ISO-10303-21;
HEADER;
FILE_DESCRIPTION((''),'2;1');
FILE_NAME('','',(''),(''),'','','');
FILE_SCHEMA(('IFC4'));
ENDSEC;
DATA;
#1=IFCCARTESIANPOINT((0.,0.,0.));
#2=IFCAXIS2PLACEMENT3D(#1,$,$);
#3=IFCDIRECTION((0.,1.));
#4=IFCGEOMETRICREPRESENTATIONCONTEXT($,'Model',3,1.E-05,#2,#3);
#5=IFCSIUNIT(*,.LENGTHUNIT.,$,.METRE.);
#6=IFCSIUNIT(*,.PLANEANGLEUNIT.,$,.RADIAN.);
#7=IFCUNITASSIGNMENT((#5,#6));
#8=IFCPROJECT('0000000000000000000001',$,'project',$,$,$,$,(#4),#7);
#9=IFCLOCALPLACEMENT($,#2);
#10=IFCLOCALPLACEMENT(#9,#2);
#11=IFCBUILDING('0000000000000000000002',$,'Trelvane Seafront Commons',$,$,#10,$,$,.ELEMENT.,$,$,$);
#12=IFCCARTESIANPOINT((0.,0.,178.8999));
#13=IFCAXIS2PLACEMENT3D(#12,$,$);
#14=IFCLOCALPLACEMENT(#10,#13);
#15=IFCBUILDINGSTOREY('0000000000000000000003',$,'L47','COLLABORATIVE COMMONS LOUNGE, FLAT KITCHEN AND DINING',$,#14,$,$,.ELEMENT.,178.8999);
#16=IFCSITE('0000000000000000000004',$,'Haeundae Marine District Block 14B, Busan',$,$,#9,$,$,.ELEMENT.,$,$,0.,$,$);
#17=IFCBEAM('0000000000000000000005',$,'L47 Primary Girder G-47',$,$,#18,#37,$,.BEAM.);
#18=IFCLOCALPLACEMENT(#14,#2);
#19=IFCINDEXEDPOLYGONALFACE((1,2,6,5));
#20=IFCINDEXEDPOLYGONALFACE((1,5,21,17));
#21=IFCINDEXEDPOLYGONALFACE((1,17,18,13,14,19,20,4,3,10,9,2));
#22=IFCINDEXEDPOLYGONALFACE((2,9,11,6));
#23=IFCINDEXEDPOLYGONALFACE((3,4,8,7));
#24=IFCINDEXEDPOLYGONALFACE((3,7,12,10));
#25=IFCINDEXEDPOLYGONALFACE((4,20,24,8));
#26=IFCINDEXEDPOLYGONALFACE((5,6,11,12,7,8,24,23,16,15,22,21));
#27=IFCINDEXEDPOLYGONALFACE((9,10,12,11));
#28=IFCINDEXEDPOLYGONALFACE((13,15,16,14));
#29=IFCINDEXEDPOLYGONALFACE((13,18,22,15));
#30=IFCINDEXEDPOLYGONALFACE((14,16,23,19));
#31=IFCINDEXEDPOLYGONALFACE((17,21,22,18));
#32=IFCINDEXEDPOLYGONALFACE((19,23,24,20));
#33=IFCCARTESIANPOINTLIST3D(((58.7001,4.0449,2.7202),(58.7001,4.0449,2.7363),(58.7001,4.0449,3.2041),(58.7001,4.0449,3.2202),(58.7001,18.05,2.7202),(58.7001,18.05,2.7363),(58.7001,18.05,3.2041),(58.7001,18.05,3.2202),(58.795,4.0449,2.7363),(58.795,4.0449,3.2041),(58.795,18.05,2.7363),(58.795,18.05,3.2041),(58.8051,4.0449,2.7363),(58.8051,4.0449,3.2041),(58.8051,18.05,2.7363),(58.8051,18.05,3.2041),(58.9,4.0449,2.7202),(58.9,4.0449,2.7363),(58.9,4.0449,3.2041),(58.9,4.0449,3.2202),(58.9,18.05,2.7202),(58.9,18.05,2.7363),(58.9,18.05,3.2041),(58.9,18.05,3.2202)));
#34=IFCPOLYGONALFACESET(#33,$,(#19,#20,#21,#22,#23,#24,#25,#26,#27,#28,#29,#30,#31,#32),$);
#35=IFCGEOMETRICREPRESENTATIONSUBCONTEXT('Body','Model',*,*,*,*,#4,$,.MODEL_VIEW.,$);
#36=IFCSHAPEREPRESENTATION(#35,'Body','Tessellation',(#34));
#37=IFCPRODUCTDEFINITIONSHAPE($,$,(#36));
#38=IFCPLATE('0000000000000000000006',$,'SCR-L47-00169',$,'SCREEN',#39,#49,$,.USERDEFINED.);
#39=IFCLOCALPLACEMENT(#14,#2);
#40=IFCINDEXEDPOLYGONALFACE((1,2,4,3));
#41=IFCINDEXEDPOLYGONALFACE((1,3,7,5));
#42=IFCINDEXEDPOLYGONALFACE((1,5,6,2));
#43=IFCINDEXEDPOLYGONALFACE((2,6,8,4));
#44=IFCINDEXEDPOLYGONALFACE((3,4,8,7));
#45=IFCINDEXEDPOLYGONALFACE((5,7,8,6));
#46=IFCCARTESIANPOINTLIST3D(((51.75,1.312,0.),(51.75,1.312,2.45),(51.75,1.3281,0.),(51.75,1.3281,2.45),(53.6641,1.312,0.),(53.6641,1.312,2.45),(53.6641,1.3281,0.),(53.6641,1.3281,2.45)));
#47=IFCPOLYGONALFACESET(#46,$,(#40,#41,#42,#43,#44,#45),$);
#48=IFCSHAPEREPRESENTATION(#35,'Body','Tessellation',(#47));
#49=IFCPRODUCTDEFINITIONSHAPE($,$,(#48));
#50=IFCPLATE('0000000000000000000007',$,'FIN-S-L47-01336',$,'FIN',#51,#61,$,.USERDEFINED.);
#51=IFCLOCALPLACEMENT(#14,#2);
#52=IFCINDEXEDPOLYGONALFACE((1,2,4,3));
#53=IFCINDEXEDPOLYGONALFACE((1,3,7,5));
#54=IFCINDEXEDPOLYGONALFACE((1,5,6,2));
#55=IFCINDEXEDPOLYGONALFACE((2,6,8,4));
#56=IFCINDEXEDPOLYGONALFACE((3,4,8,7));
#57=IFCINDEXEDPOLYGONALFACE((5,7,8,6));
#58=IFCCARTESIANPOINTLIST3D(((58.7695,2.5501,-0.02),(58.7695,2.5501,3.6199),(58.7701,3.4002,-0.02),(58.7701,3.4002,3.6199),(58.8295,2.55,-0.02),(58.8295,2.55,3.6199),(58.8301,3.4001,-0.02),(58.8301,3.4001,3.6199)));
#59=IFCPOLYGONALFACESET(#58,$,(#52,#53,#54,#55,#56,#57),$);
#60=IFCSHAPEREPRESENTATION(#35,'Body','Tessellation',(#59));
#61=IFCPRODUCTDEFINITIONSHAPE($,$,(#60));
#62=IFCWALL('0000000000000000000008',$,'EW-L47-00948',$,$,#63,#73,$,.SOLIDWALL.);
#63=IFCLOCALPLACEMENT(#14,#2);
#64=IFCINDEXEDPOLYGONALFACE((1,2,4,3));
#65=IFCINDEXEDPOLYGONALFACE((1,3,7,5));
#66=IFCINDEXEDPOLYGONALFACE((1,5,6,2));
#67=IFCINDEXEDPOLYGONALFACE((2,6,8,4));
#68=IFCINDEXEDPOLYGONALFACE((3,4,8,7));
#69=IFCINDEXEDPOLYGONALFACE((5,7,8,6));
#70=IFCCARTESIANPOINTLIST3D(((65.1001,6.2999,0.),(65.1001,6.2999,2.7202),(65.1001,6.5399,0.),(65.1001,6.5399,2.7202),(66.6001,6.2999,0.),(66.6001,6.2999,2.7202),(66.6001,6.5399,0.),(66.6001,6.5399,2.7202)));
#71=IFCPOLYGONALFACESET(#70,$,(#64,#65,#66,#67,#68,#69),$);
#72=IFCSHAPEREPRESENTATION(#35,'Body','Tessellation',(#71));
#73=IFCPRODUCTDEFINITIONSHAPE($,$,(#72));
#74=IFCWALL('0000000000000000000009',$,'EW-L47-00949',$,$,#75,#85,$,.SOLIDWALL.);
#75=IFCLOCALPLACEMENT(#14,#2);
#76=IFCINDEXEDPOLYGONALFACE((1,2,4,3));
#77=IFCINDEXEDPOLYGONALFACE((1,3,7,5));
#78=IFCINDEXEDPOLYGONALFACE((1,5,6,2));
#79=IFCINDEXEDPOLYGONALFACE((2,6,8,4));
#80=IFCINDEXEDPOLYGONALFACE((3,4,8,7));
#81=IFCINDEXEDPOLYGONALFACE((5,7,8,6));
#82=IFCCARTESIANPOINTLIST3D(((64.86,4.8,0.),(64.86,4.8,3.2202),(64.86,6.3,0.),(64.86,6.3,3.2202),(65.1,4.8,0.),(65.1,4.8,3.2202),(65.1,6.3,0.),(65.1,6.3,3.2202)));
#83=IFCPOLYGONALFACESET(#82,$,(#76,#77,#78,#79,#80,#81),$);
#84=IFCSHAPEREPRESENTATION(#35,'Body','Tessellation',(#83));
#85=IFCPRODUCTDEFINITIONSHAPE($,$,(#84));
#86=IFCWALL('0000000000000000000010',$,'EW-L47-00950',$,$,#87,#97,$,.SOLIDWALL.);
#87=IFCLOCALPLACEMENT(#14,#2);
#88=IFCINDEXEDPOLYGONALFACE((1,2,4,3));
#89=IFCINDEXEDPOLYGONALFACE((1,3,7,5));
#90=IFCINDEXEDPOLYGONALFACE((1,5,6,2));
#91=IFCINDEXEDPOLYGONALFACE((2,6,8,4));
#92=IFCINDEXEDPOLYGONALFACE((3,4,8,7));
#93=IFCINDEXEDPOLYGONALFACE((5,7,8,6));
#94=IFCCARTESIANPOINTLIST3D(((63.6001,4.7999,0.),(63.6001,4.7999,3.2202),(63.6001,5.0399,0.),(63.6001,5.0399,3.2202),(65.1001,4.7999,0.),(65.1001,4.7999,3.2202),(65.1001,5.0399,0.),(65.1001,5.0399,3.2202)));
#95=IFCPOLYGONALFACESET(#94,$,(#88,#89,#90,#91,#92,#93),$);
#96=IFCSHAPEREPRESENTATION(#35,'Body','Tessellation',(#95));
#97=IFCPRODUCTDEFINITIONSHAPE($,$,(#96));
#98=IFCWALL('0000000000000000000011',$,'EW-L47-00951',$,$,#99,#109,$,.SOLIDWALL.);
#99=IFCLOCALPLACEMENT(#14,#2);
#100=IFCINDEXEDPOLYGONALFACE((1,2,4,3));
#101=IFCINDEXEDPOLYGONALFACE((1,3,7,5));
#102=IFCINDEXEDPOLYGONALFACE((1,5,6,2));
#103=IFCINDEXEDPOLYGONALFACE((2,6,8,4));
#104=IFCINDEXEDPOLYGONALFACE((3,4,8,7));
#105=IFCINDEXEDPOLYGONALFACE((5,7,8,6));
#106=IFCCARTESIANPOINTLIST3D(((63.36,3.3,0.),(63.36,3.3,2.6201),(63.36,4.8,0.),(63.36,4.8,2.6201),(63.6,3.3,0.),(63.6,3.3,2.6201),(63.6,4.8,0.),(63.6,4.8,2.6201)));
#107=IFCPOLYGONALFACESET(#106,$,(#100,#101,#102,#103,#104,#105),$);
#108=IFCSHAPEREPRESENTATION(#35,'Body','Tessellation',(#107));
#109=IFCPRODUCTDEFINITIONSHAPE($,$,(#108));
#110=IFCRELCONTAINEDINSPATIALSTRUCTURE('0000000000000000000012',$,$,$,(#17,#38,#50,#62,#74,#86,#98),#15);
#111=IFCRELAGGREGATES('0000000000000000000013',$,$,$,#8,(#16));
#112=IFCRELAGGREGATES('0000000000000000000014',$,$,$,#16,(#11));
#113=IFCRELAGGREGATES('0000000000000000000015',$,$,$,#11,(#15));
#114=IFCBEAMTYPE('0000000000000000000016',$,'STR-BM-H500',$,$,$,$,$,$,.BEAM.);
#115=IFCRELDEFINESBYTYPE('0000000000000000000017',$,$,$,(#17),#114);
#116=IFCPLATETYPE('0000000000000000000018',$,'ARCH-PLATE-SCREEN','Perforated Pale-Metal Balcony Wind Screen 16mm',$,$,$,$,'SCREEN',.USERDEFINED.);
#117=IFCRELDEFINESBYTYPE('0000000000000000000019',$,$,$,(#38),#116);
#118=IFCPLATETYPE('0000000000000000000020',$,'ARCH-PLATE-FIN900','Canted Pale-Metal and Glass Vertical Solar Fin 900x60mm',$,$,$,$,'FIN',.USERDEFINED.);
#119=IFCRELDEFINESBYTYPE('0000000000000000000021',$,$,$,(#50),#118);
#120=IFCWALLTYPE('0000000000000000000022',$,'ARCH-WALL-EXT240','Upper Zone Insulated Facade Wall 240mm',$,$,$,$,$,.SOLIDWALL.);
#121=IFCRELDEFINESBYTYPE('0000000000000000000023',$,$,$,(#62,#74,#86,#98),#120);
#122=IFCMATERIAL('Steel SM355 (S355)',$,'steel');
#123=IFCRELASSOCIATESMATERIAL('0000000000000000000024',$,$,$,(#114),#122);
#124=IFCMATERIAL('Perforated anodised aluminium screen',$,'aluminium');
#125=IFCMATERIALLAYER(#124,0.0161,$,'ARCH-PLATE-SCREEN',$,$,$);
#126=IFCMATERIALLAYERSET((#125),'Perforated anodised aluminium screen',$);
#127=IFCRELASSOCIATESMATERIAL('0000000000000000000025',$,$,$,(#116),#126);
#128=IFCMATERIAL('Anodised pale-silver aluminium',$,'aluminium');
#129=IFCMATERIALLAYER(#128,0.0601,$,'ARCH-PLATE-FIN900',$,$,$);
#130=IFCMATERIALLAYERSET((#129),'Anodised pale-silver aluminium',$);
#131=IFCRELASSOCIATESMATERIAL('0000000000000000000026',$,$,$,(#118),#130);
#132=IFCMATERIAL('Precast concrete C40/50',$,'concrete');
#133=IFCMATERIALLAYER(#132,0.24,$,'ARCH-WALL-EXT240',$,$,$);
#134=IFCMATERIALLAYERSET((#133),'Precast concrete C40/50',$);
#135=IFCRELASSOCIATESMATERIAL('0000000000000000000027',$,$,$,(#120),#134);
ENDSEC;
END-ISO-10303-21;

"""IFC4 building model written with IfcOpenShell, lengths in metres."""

from ifc_helpers import new_model, si_unit, direction, frame, frame_2d, origin, origin_2d, place, context, subcontext, project, spatial, rectangle, i_section, extrude, source, transform, mapped, material, layer, layer_set, material_profile, profile_set, type_object, element, save


model = new_model("IFC4")

# Units and contexts
model_context = context("Model", 3, precision=1e-05, world=origin(), true_north=direction((0.0, 1.0)))
body_context = subcontext(model_context, "Body", "Model", "MODEL_VIEW")
ifc_project = project(units=[si_unit("LENGTHUNIT", "METRE"), si_unit("PLANEANGLEUNIT", "RADIAN")], contexts=[model_context])

# Site, building, storey
site_placement = place(None, origin())
site = spatial("IfcSite", under=ifc_project, at=site_placement, Name="Haeundae Marine District Block 14B, Busan", CompositionType="ELEMENT", RefElevation=0.0)
building_placement = place(site_placement, origin())
building = spatial("IfcBuilding", under=site, at=building_placement, Name="Trelvane Seafront Commons", CompositionType="ELEMENT")
storey_placement = place(building_placement, frame((0.0, 0.0, 178.8999)))
storey = spatial("IfcBuildingStorey", under=building, at=storey_placement, Name="L47", Description="COLLABORATIVE COMMONS LOUNGE, FLAT KITCHEN AND DINING", CompositionType="ELEMENT", Elevation=178.8999)

# Shared definitions
ifc_material_1 = material(Name="Steel SM355 (S355)", Category="steel")

# Beam
ifc_material_profile_1 = material_profile(ifc_material_1, i_section(OverallWidth=0.2, OverallDepth=0.5, WebThickness=0.01, FlangeThickness=0.0161, at=origin_2d()), Name="H-500x200x10x16")
ifc_profile_set_1 = profile_set([ifc_material_profile_1], Name="Steel SM355 (S355)")
beam_type_1 = type_object("IfcBeamType", Name="STR-BM-H500", PredefinedType="BEAM", material=ifc_profile_set_1)
shared_shape_1 = source(origin(), body_context, "Body", "SweptSolid", [
    extrude(i_section(OverallWidth=0.2, OverallDepth=0.5, WebThickness=0.01, FlangeThickness=0.0161, at=origin_2d()), origin(), (0.0, 0.0, 1.0), 14.0051),
])
beam_1_placement = place(storey_placement, frame((58.8, 4.0449, 2.9702), z_axis=(0.0, 1.0, 0.0), x_axis=(-1.0, 0.0, 0.0)))
element("IfcBeam", 1, at=beam_1_placement, inside=storey, type_object=beam_type_1, Name="L47 Primary Girder G-47", PredefinedType="BEAM", context=body_context, shape_type="MappedRepresentation", body=[
    mapped(shared_shape_1, transform((0.0, 0.0, 0.0), x_axis=(1.0, 0.0, 0.0), y_axis=(0.0, 1.0, 0.0), z_axis=(0.0, 0.0, 1.0), scale=1.0)),
])

# Plates
ifc_material_2 = material(Name="Perforated anodised aluminium screen", Category="aluminium")
ifc_layer_1 = layer(ifc_material_2, 0.0161, Name="ARCH-PLATE-SCREEN")
ifc_layer_set_1 = layer_set([ifc_layer_1], Name="Perforated anodised aluminium screen")
plate_type_1 = type_object("IfcPlateType", Name="ARCH-PLATE-SCREEN", Description="Perforated Pale-Metal Balcony Wind Screen 16mm", ElementType="SCREEN", PredefinedType="USERDEFINED", material=ifc_layer_set_1)
shared_shape_2 = source(origin(), body_context, "Body", "SweptSolid", [
    extrude(rectangle(XDim=1.9141, YDim=0.0161, at=origin_2d()), origin(), (0.0, 0.0, 1.0), 2.45),
])
plate_1_placement = place(storey_placement, frame((52.707, 1.3201, 0.0), z_axis=(0.0, 0.0, 1.0), x_axis=(1.0, 0.0, 0.0)))
element("IfcPlate", 2, at=plate_1_placement, inside=storey, type_object=plate_type_1, Name="SCR-L47-00169", ObjectType="SCREEN", PredefinedType="USERDEFINED", context=body_context, shape_type="MappedRepresentation", body=[
    mapped(shared_shape_2, transform((0.0, 0.0, 0.0), x_axis=(1.0, 0.0, 0.0), y_axis=(0.0, 1.0, 0.0), z_axis=(0.0, 0.0, 1.0), scale=1.0)),
])
ifc_material_3 = material(Name="Anodised pale-silver aluminium", Category="aluminium")
ifc_layer_2 = layer(ifc_material_3, 0.0601, Name="ARCH-PLATE-FIN900")
ifc_layer_set_2 = layer_set([ifc_layer_2], Name="Anodised pale-silver aluminium")
plate_type_2 = type_object("IfcPlateType", Name="ARCH-PLATE-FIN900", Description="Canted Pale-Metal and Glass Vertical Solar Fin 900x60mm", ElementType="FIN", PredefinedType="USERDEFINED", material=ifc_layer_set_2)
shared_shape_3 = source(origin(), body_context, "Body", "SweptSolid", [
    extrude(rectangle(XDim=0.8501, YDim=0.0601, at=origin_2d()), origin(), (0.0, 0.0, 1.0), 3.6399),
])
plate_2_placement = place(storey_placement, frame((58.7998, 2.9751, -0.02), z_axis=(0.0, 0.0, 1.0), x_axis=(-0.000705, -1.0, 0.0)))
element("IfcPlate", 3, at=plate_2_placement, inside=storey, type_object=plate_type_2, Name="FIN-S-L47-01336", ObjectType="FIN", PredefinedType="USERDEFINED", context=body_context, shape_type="MappedRepresentation", body=[
    mapped(shared_shape_3, transform((0.0, 0.0, 0.0), x_axis=(1.0, 0.0, 0.0), y_axis=(0.0, 1.0, 0.0), z_axis=(0.0, 0.0, 1.0), scale=1.0)),
])

# Walls
ifc_material_4 = material(Name="Precast concrete C40/50", Category="concrete")
ifc_layer_3 = layer(ifc_material_4, 0.24, Name="ARCH-WALL-EXT240")
ifc_layer_set_3 = layer_set([ifc_layer_3], Name="Precast concrete C40/50")
wall_type_1 = type_object("IfcWallType", Name="ARCH-WALL-EXT240", Description="Upper Zone Insulated Facade Wall 240mm", PredefinedType="SOLIDWALL", material=ifc_layer_set_3)
wall_1_placement = place(storey_placement, frame((66.6001, 6.4199, 0.0), z_axis=(0.0, 0.0, 1.0), x_axis=(-1.0, 0.0, 0.0)))
element("IfcWall", 4, at=wall_1_placement, inside=storey, type_object=wall_type_1, Name="EW-L47-00948", PredefinedType="SOLIDWALL", context=body_context, shape_type="SweptSolid", body=[
    extrude(rectangle(XDim=1.5, YDim=0.24, at=frame_2d((0.75, 0.0))), origin(), (0.0, 0.0, 1.0), 2.7202),
])
for number, where, z_axis, x_axis, name in (
    (5, (64.98, 6.3, 0.0), (0.0, 0.0, 1.0), (0.0, -1.0, 0.0), "EW-L47-00949"),
    (6, (65.1001, 4.9199, 0.0), (0.0, 0.0, 1.0), (-1.0, 0.0, 0.0), "EW-L47-00950"),
):
    element("IfcWall", number, at=place(storey_placement, frame(where, z_axis=z_axis, x_axis=x_axis)), inside=storey, type_object=wall_type_1, Name=name, PredefinedType="SOLIDWALL", context=body_context, shape_type="SweptSolid", body=[
        extrude(rectangle(XDim=1.5, YDim=0.24, at=frame_2d((0.75, 0.0))), origin(), (0.0, 0.0, 1.0), 3.2202),
    ])
wall_2_placement = place(storey_placement, frame((63.48, 4.8, 0.0), z_axis=(0.0, 0.0, 1.0), x_axis=(0.0, -1.0, 0.0)))
element("IfcWall", 7, at=wall_2_placement, inside=storey, type_object=wall_type_1, Name="EW-L47-00951", PredefinedType="SOLIDWALL", context=body_context, shape_type="SweptSolid", body=[
    extrude(rectangle(XDim=1.5, YDim=0.24, at=frame_2d((0.75, 0.0))), origin(), (0.0, 0.0, 1.0), 2.6201),
])

save(model, "model.ifc")
